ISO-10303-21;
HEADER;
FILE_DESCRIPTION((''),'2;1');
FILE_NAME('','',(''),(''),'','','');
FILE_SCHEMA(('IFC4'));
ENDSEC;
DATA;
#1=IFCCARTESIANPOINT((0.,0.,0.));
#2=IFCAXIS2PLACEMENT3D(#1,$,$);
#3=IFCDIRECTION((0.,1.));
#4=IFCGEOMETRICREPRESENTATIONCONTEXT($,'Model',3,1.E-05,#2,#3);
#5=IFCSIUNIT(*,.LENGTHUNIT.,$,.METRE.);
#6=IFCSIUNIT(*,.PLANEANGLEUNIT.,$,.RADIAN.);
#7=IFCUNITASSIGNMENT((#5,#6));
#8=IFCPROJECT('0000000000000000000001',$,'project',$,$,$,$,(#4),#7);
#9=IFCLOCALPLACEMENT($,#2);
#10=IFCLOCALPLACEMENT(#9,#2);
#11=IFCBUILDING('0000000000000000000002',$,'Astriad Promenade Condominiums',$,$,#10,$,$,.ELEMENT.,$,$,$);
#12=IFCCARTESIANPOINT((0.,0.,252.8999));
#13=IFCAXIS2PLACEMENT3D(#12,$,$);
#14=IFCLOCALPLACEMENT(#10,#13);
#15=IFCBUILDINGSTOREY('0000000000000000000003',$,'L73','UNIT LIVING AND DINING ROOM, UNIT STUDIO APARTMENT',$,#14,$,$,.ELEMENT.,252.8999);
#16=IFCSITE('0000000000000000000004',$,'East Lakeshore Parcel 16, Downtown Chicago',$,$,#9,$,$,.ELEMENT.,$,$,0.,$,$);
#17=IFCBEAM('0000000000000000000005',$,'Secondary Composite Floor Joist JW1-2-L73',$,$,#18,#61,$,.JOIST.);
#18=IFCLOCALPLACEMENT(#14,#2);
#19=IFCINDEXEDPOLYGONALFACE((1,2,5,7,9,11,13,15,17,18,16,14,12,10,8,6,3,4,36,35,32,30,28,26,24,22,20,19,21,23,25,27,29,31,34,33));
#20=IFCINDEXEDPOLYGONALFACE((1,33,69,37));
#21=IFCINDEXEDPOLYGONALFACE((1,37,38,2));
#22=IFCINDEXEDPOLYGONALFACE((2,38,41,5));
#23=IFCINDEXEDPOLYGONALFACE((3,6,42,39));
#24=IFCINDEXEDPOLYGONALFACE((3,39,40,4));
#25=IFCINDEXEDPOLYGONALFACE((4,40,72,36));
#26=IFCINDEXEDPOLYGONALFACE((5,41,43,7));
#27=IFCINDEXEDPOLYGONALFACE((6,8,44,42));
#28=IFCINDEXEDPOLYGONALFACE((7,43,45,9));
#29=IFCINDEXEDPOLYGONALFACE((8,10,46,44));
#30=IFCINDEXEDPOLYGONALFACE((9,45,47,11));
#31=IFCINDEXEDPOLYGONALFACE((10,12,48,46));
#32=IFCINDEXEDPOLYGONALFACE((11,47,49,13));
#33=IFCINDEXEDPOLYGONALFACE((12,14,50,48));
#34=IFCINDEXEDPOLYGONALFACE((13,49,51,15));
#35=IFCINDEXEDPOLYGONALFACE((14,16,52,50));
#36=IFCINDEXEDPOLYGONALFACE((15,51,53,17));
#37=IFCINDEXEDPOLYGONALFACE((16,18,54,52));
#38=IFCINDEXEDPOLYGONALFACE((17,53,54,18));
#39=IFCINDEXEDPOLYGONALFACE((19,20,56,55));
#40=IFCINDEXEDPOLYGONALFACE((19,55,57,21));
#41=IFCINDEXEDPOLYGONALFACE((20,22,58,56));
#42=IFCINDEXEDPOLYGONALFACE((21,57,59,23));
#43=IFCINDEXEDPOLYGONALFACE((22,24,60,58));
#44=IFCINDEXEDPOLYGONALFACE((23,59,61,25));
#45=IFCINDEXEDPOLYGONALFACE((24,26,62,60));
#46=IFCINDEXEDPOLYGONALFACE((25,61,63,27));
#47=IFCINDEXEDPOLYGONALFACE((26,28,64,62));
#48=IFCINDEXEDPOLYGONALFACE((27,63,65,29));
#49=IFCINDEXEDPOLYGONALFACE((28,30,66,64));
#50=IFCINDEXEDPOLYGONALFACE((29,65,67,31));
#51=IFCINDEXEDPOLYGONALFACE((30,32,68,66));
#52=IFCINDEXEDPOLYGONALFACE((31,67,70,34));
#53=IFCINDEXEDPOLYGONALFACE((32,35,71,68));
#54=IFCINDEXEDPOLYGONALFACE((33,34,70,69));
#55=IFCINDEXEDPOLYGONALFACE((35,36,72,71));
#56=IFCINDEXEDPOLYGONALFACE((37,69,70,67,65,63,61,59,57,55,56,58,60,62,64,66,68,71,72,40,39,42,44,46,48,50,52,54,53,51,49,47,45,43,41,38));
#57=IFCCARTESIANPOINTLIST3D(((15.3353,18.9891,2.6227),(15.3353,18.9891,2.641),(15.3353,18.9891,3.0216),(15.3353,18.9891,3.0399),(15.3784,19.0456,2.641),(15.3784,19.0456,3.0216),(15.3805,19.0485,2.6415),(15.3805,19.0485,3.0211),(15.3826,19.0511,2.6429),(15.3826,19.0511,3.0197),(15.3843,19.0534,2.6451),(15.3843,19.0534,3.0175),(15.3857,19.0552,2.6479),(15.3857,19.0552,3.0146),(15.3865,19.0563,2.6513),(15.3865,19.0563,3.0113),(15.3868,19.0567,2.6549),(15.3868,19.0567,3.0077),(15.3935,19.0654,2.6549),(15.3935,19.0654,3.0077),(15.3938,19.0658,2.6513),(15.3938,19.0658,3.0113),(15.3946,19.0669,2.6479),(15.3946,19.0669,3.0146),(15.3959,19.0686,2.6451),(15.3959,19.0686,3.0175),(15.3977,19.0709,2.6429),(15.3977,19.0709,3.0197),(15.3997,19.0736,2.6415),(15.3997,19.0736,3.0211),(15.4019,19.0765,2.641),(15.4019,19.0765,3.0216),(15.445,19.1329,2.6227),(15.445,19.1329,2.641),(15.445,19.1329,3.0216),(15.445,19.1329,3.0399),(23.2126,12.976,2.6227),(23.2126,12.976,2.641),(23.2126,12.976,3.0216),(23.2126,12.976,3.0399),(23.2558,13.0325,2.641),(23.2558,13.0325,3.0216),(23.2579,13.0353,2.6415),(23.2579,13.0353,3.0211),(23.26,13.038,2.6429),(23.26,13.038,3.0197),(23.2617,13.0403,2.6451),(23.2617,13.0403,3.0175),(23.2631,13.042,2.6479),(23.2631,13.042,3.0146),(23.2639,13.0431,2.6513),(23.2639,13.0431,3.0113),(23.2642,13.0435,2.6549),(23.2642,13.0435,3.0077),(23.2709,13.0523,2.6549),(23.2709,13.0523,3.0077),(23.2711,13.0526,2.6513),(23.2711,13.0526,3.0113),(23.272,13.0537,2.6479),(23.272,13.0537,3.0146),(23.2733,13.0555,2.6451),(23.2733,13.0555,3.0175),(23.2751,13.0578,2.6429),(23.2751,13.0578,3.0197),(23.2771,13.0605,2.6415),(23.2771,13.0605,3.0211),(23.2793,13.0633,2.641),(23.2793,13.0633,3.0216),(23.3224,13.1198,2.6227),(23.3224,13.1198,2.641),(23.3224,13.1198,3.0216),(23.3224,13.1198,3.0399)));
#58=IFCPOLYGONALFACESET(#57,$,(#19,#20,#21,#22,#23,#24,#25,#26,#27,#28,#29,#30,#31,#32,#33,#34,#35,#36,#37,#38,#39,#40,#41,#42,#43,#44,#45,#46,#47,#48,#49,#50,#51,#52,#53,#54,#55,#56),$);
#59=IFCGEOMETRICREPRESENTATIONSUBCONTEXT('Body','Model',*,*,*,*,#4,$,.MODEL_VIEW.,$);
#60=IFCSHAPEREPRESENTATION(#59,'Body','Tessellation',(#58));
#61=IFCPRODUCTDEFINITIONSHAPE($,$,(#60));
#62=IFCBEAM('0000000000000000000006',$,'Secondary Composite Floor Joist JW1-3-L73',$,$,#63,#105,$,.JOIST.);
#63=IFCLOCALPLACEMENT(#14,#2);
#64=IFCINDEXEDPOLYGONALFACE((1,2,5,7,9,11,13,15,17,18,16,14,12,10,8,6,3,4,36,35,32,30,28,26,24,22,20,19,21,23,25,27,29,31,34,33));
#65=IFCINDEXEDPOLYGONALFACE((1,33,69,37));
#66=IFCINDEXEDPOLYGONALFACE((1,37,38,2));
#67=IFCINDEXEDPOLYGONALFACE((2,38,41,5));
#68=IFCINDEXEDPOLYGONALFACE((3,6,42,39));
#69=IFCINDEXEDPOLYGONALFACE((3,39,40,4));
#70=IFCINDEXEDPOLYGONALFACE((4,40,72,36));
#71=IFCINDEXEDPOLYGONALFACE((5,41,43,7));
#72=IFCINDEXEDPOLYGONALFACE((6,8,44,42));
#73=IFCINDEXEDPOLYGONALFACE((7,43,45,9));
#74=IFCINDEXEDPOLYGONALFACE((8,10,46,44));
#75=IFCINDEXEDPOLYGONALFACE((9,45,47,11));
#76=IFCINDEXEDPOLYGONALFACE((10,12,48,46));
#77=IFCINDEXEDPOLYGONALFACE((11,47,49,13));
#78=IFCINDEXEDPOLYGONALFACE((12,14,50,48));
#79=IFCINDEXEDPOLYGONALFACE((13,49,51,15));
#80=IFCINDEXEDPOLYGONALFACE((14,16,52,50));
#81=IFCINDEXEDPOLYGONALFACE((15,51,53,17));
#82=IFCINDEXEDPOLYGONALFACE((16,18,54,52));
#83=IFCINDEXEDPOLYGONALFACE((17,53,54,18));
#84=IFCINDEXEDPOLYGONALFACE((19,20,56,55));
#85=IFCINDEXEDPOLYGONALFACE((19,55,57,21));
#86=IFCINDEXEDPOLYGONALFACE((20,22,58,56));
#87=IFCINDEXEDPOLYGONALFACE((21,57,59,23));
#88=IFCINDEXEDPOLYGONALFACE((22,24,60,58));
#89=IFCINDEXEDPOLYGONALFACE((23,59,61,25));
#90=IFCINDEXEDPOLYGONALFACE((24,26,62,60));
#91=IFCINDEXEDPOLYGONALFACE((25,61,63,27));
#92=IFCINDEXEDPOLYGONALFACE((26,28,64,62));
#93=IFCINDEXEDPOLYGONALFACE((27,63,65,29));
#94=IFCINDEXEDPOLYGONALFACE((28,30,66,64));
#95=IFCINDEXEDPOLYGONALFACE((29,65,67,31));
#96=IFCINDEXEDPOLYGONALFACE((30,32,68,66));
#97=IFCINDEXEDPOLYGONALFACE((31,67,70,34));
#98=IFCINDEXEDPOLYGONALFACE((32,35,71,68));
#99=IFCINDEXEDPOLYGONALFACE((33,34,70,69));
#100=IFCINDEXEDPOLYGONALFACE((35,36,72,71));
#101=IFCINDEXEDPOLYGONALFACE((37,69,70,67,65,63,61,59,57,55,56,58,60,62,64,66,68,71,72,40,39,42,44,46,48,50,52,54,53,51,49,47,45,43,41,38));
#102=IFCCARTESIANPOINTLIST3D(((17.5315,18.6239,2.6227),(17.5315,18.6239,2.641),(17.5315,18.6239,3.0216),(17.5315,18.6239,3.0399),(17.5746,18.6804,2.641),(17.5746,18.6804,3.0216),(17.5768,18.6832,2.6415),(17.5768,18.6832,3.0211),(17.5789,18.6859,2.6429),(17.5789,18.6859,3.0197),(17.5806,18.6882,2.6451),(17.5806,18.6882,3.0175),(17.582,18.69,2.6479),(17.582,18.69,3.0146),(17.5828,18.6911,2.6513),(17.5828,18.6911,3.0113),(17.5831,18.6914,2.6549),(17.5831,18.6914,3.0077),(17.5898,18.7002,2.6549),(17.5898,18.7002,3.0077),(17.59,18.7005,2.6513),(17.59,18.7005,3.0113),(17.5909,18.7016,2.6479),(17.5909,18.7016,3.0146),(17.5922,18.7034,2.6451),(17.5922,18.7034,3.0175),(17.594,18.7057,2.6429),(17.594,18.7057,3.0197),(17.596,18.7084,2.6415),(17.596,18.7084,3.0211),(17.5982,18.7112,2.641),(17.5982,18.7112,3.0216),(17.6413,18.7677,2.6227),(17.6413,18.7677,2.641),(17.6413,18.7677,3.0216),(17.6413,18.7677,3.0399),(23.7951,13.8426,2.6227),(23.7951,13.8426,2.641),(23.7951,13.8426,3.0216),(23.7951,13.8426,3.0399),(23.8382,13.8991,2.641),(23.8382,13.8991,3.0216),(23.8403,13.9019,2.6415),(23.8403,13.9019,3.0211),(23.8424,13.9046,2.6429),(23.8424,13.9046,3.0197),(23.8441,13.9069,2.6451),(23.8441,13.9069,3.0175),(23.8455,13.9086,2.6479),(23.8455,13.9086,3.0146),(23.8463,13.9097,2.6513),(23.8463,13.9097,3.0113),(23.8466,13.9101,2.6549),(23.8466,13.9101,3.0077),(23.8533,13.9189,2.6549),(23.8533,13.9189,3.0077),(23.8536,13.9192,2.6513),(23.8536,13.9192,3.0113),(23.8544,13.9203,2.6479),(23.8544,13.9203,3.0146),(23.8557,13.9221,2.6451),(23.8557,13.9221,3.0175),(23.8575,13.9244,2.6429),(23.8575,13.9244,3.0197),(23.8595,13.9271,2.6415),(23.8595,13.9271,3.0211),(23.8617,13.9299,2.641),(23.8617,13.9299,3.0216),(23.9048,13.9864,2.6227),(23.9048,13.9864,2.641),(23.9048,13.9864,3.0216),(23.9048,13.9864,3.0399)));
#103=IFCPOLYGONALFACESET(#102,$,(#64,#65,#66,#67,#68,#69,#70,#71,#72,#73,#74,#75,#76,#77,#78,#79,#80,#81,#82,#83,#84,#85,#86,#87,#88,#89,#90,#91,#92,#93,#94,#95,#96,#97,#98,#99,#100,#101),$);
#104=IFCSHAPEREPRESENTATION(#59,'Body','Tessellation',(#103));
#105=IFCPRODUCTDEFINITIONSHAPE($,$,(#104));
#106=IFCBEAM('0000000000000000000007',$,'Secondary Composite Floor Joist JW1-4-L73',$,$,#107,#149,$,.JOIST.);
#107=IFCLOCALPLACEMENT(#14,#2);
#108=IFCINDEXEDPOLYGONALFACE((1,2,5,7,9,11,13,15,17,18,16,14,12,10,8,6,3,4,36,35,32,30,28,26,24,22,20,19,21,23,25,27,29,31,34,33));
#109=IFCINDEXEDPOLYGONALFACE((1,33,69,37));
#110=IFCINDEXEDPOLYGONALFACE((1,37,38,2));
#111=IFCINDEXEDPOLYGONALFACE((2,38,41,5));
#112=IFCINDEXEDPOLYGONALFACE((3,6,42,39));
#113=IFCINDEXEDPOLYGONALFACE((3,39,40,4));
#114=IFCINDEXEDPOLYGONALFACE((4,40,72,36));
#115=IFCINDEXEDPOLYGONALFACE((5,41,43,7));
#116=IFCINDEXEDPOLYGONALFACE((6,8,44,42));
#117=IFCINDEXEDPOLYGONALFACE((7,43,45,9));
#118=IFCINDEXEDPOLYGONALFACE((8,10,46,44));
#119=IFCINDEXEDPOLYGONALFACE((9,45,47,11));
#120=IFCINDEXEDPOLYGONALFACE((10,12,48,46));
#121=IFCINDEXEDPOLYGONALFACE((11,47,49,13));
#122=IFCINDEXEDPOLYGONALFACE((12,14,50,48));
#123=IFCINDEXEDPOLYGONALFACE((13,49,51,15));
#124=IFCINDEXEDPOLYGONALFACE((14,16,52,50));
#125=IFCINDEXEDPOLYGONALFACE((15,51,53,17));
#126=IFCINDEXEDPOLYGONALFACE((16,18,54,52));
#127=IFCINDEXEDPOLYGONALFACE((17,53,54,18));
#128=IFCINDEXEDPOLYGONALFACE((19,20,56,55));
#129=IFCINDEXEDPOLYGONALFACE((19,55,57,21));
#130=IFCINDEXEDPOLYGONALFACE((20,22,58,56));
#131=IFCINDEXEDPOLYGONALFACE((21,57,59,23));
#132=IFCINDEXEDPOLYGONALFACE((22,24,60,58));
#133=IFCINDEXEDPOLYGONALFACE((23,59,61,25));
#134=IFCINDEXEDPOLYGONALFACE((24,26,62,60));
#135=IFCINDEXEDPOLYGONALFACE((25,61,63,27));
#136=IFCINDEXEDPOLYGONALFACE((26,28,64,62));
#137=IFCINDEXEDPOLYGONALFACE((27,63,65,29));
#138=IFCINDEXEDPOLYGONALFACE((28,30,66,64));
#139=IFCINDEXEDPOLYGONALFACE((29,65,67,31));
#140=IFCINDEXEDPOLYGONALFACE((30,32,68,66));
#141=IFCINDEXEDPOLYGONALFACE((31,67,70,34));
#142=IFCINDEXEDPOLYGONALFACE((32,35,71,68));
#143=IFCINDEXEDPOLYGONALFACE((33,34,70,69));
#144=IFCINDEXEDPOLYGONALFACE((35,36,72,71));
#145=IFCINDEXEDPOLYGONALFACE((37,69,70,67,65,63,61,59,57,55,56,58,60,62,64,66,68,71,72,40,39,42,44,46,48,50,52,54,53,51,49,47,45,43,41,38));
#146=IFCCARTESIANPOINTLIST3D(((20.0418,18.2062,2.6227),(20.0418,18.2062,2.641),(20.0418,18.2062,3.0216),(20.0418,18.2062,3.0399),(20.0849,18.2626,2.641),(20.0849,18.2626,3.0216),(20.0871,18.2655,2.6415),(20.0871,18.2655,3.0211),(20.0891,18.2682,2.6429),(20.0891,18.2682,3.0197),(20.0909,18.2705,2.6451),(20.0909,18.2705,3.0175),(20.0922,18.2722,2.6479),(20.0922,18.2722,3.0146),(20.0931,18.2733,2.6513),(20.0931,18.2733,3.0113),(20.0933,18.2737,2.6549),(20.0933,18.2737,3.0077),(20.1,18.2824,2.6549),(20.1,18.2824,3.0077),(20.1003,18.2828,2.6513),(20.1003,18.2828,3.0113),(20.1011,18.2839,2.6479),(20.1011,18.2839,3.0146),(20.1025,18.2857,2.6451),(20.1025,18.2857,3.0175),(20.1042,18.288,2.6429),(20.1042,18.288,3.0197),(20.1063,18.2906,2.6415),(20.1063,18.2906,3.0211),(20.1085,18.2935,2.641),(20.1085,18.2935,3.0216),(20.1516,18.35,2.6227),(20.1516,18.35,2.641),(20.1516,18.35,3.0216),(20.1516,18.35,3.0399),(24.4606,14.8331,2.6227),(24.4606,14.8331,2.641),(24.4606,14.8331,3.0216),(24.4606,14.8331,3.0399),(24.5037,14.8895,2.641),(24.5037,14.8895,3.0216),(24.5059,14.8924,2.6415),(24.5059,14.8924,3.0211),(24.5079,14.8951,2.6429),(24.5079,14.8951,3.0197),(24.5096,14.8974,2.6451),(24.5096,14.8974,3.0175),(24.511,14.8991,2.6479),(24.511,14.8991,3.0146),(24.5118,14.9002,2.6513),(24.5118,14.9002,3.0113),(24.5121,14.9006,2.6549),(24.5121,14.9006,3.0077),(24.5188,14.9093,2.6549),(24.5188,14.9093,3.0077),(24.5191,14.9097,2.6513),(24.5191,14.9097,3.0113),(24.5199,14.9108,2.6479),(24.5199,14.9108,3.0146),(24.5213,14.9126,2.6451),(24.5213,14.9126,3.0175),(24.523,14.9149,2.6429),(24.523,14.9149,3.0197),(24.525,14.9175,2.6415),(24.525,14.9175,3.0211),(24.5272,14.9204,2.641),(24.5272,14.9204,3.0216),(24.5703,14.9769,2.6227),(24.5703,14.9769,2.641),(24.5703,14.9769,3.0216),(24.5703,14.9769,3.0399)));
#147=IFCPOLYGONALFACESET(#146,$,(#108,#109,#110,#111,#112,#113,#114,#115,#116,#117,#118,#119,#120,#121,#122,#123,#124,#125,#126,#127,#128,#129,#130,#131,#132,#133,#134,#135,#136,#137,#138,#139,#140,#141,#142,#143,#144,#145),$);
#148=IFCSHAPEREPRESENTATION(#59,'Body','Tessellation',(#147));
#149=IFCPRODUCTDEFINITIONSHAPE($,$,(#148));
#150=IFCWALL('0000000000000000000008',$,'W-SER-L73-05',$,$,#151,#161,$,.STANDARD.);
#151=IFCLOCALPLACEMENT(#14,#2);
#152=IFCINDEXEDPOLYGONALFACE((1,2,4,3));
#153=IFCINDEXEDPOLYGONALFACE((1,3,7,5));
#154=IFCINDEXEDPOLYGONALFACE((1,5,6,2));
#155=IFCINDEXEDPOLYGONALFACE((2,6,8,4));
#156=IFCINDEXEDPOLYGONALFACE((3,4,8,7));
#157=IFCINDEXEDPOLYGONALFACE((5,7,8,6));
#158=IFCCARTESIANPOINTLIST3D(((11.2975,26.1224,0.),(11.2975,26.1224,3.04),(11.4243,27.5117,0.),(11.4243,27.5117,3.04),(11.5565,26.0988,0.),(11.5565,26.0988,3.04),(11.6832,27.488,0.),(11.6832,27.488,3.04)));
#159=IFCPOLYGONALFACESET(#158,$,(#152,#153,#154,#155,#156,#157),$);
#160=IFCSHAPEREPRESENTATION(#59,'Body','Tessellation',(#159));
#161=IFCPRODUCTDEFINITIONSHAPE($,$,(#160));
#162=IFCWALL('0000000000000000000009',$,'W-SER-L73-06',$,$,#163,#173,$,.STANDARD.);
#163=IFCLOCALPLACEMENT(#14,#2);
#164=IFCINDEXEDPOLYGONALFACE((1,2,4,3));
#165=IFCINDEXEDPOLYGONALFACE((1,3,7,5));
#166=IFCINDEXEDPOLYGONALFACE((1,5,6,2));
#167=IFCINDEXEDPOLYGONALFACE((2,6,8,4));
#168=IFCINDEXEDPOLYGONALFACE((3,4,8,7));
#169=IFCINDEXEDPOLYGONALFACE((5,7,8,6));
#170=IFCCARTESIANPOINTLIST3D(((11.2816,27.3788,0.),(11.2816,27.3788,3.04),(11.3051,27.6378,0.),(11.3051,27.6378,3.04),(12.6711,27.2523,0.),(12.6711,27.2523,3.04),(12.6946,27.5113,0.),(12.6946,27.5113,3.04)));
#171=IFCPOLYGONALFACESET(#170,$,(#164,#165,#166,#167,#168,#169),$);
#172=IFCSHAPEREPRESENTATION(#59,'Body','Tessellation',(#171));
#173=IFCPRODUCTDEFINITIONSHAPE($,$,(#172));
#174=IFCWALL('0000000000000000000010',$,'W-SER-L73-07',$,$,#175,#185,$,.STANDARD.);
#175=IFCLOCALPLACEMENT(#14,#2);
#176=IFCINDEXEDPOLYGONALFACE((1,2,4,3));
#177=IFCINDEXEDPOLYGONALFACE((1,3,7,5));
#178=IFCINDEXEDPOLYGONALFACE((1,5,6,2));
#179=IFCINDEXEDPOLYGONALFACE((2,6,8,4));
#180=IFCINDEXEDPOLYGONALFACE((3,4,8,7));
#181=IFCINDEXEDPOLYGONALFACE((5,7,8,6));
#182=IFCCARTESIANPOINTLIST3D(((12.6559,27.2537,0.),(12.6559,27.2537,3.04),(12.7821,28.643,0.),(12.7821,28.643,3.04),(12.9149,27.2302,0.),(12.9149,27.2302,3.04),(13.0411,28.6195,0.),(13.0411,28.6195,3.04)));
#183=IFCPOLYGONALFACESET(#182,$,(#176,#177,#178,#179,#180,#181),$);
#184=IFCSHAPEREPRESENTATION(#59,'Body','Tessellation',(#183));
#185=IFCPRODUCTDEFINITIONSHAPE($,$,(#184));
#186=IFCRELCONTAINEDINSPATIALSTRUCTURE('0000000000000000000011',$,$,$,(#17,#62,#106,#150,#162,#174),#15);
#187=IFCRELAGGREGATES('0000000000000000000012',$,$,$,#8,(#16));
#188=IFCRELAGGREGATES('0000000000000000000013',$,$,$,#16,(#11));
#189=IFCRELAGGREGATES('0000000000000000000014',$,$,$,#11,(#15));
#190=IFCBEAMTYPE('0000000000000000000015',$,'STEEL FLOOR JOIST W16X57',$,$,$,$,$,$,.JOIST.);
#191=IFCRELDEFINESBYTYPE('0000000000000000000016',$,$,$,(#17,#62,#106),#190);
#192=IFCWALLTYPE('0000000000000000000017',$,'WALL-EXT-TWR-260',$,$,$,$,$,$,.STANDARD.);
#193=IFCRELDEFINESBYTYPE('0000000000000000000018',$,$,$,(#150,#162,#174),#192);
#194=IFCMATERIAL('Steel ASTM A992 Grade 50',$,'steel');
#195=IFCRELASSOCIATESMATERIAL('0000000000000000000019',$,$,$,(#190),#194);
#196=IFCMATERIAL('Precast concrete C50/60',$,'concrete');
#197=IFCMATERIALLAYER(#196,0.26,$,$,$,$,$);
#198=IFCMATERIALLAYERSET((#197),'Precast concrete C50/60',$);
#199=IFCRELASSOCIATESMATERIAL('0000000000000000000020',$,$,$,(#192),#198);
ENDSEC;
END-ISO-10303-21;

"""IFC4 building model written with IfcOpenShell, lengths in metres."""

from ifc_helpers import new_model, si_unit, direction, frame, frame_2d, origin, origin_2d, place, context, subcontext, project, spatial, rectangle, i_section, extrude, source, transform, mapped, material, layer, layer_set, material_profile, profile_set, type_object, element, save


model = new_model("IFC4")

# Units and contexts
model_context = context("Model", 3, precision=1e-05, world=origin(), true_north=direction((0.0, 1.0)))
body_context = subcontext(model_context, "Body", "Model", "MODEL_VIEW")
ifc_project = project(units=[si_unit("LENGTHUNIT", "METRE"), si_unit("PLANEANGLEUNIT", "RADIAN")], contexts=[model_context])

# Site, building, storey
site_placement = place(None, origin())
site = spatial("IfcSite", under=ifc_project, at=site_placement, Name="East Lakeshore Parcel 16, Downtown Chicago", CompositionType="ELEMENT", RefElevation=0.0)
building_placement = place(site_placement, origin())
building = spatial("IfcBuilding", under=site, at=building_placement, Name="Astriad Promenade Condominiums", CompositionType="ELEMENT")
storey_placement = place(building_placement, frame((0.0, 0.0, 252.8999)))
storey = spatial("IfcBuildingStorey", under=building, at=storey_placement, Name="L73", Description="UNIT LIVING AND DINING ROOM, UNIT STUDIO APARTMENT", CompositionType="ELEMENT", Elevation=252.8999)

# Beams
ifc_material_1 = material(Name="Steel ASTM A992 Grade 50", Category="steel")
ifc_material_profile_1 = material_profile(ifc_material_1, i_section(OverallWidth=0.1809, OverallDepth=0.4172, WebThickness=0.011, FlangeThickness=0.0183, FilletRadius=0.0139, at=origin_2d()), Name="W16X57")
ifc_profile_set_1 = profile_set([ifc_material_profile_1], Name="Steel ASTM A992 Grade 50")
beam_type_1 = type_object("IfcBeamType", Name="STEEL FLOOR JOIST W16X57", PredefinedType="JOIST", material=ifc_profile_set_1)
shared_shape_1 = source(origin(), body_context, "Body", "SweptSolid", [
    extrude(i_section(OverallWidth=0.1809, OverallDepth=0.4172, WebThickness=0.011, FlangeThickness=0.0183, FilletRadius=0.0139, at=origin_2d()), origin(), (0.0, 0.0, 1.0), 9.9102),
])
beam_1_placement = place(storey_placement, frame((15.3901, 19.061, 2.8313), z_axis=(0.794881, -0.606766, 0.0), x_axis=(0.606766, 0.794881, 0.0)))
element("IfcBeam", 1, at=beam_1_placement, inside=storey, type_object=beam_type_1, Name="Secondary Composite Floor Joist JW1-2-L73", PredefinedType="JOIST", context=body_context, shape_type="MappedRepresentation", body=[
    mapped(shared_shape_1, transform((0.0, 0.0, 0.0), scale=1.0)),
])
shared_shape_2 = source(origin(), body_context, "Body", "SweptSolid", [
    extrude(i_section(OverallWidth=0.1809, OverallDepth=0.4172, WebThickness=0.011, FlangeThickness=0.0183, FilletRadius=0.0139, at=origin_2d()), origin(), (0.0, 0.0, 1.0), 7.8799),
])
beam_2_placement = place(storey_placement, frame((17.5864, 18.6958, 2.8313), z_axis=(0.794874, -0.606775, 0.0), x_axis=(0.606775, 0.794874, 0.0)))
element("IfcBeam", 2, at=beam_2_placement, inside=storey, type_object=beam_type_1, Name="Secondary Composite Floor Joist JW1-3-L73", PredefinedType="JOIST", context=body_context, shape_type="MappedRepresentation", body=[
    mapped(shared_shape_2, transform((0.0, 0.0, 0.0), scale=1.0)),
])
shared_shape_3 = source(origin(), body_context, "Body", "SweptSolid", [
    extrude(i_section(OverallWidth=0.1809, OverallDepth=0.4172, WebThickness=0.011, FlangeThickness=0.0183, FilletRadius=0.0139, at=origin_2d()), origin(), (0.0, 0.0, 1.0), 5.5591),
])
beam_3_placement = place(storey_placement, frame((20.0967, 18.2781, 2.8313), z_axis=(0.794875, -0.606773, 0.0), x_axis=(0.606773, 0.794875, 0.0)))
element("IfcBeam", 3, at=beam_3_placement, inside=storey, type_object=beam_type_1, Name="Secondary Composite Floor Joist JW1-4-L73", PredefinedType="JOIST", context=body_context, shape_type="MappedRepresentation", body=[
    mapped(shared_shape_3, transform((0.0, 0.0, 0.0), scale=1.0)),
])

# Walls
ifc_material_2 = material(Name="Precast concrete C50/60", Category="concrete")
ifc_layer_1 = layer(ifc_material_2, 0.26)
ifc_layer_set_1 = layer_set([ifc_layer_1], Name="Precast concrete C50/60")
wall_type_1 = type_object("IfcWallType", Name="WALL-EXT-TWR-260", PredefinedType="STANDARD", material=ifc_layer_set_1)
wall_1_placement = place(storey_placement, frame((11.427, 26.1106, 0.0), z_axis=(0.0, 0.0, 1.0), x_axis=(0.090836, 0.995866, 0.0)))
element("IfcWall", 4, at=wall_1_placement, inside=storey, type_object=wall_type_1, Name="W-SER-L73-05", PredefinedType="STANDARD", context=body_context, shape_type="SweptSolid", body=[
    extrude(rectangle(XDim=1.395, YDim=0.26, at=frame_2d((0.6975, 0.0))), origin(), (0.0, 0.0, 1.0), 3.04),
])
wall_2_placement = place(storey_placement, frame((11.2932, 27.5083, 0.0), z_axis=(0.0, 0.0, 1.0), x_axis=(0.995883, -0.090646, 0.0)))
element("IfcWall", 5, at=wall_2_placement, inside=storey, type_object=wall_type_1, Name="W-SER-L73-06", PredefinedType="STANDARD", context=body_context, shape_type="SweptSolid", body=[
    extrude(rectangle(XDim=1.3953, YDim=0.26, at=frame_2d((0.6978, 0.0))), origin(), (0.0, 0.0, 1.0), 3.04),
])
wall_3_placement = place(storey_placement, frame((12.7854, 27.2419, 0.0), z_axis=(0.0, 0.0, 1.0), x_axis=(0.090473, 0.995899, 0.0)))
element("IfcWall", 6, at=wall_3_placement, inside=storey, type_object=wall_type_1, Name="W-SER-L73-07", PredefinedType="STANDARD", context=body_context, shape_type="SweptSolid", body=[
    extrude(rectangle(XDim=1.395, YDim=0.26, at=frame_2d((0.6975, 0.0))), origin(), (0.0, 0.0, 1.0), 3.04),
])

save(model, "model.ifc")
